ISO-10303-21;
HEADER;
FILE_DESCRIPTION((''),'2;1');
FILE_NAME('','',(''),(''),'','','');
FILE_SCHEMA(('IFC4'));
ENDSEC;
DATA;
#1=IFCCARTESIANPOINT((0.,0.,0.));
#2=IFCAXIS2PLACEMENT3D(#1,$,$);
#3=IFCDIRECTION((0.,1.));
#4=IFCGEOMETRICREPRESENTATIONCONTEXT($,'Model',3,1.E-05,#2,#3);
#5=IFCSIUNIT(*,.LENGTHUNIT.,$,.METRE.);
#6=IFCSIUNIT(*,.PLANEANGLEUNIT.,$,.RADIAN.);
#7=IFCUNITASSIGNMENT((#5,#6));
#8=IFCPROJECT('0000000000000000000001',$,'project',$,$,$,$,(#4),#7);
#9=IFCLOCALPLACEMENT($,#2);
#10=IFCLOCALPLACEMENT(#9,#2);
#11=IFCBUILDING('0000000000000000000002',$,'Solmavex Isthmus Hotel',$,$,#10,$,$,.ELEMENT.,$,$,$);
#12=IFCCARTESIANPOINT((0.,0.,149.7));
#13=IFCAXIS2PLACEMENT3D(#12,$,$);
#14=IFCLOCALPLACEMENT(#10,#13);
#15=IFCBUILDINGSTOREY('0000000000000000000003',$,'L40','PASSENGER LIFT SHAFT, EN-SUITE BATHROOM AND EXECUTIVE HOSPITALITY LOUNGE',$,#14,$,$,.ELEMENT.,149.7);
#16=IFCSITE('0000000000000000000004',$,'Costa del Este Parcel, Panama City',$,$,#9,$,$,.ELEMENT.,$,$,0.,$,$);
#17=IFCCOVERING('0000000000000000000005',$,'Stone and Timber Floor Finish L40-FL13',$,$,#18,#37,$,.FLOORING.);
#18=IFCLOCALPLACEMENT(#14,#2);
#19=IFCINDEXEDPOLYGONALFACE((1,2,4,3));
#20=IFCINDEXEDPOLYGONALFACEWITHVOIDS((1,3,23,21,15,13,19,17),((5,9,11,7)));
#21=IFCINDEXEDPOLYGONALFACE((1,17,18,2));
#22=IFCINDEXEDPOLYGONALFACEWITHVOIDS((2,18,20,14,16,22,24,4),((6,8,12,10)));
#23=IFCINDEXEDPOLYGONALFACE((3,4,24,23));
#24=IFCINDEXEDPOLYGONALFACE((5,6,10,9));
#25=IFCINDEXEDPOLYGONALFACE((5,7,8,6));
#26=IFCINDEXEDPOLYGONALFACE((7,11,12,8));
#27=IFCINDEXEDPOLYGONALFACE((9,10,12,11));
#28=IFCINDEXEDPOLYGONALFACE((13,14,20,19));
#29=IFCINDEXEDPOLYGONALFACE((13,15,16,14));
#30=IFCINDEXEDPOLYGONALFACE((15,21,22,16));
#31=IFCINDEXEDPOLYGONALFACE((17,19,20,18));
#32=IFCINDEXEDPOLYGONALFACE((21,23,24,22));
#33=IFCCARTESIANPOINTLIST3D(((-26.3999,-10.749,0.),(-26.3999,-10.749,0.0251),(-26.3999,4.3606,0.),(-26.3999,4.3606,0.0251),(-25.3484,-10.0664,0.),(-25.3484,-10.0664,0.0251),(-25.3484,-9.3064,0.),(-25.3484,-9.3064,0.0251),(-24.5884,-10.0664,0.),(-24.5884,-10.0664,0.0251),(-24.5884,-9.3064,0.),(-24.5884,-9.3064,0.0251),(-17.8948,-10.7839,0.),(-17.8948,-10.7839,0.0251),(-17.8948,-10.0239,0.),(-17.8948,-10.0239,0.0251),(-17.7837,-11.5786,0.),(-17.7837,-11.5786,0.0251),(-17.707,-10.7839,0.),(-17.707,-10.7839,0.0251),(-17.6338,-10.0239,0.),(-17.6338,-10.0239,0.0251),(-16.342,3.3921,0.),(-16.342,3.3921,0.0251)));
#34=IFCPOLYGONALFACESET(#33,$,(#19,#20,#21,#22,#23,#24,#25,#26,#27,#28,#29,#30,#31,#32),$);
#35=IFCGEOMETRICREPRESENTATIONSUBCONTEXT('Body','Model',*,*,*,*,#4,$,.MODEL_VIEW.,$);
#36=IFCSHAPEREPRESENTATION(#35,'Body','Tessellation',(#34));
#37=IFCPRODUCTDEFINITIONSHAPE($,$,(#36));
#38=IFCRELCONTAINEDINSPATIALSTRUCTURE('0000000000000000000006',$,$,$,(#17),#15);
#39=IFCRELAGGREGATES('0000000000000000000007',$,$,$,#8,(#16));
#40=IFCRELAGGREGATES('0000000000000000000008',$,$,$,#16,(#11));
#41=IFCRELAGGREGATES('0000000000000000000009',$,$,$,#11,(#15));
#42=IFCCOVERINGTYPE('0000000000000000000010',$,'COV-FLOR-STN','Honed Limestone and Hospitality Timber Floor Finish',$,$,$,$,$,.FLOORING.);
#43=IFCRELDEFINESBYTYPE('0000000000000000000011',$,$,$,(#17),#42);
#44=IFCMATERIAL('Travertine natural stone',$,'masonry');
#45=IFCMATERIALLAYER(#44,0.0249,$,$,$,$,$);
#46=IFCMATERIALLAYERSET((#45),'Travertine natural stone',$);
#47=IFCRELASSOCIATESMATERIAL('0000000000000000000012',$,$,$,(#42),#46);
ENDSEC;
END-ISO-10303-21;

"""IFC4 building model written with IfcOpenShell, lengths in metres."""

from ifc_helpers import new_model, si_unit, direction, frame, origin, place, context, subcontext, project, spatial, polyline, outline, extrude, material, layer, layer_set, type_object, element, save


model = new_model("IFC4")

# Units and contexts
model_context = context("Model", 3, precision=1e-05, world=origin(), true_north=direction((0.0, 1.0)))
body_context = subcontext(model_context, "Body", "Model", "MODEL_VIEW")
ifc_project = project(units=[si_unit("LENGTHUNIT", "METRE"), si_unit("PLANEANGLEUNIT", "RADIAN")], contexts=[model_context])

# Site, building, storey
site_placement = place(None, origin())
site = spatial("IfcSite", under=ifc_project, at=site_placement, Name="Costa del Este Parcel, Panama City", CompositionType="ELEMENT", RefElevation=0.0)
building_placement = place(site_placement, origin())
building = spatial("IfcBuilding", under=site, at=building_placement, Name="Solmavex Isthmus Hotel", CompositionType="ELEMENT")
storey_placement = place(building_placement, frame((0.0, 0.0, 149.7)))
storey = spatial("IfcBuildingStorey", under=building, at=storey_placement, Name="L40", Description="PASSENGER LIFT SHAFT, EN-SUITE BATHROOM AND EXECUTIVE HOSPITALITY LOUNGE", CompositionType="ELEMENT", Elevation=149.7)

# Covering
ifc_material_1 = material(Name="Travertine natural stone", Category="masonry")
ifc_layer_1 = layer(ifc_material_1, 0.0249)
ifc_layer_set_1 = layer_set([ifc_layer_1], Name="Travertine natural stone")
covering_type_1 = type_object("IfcCoveringType", Name="COV-FLOR-STN", Description="Honed Limestone and Hospitality Timber Floor Finish", PredefinedType="FLOORING", material=ifc_layer_set_1)
covering_1_placement = place(storey_placement, origin())
element("IfcCovering", 1, at=covering_1_placement, inside=storey, type_object=covering_type_1, Name="Stone and Timber Floor Finish L40-FL13", PredefinedType="FLOORING", context=body_context, shape_type="SweptSolid", body=[
    extrude(outline(polyline([(-26.3999, 4.3606), (-26.3999, -10.749), (-17.7837, -11.5786), (-17.707, -10.7839), (-17.8948, -10.7839), (-17.8948, -10.0239), (-17.6338, -10.0239), (-16.342, 3.3921), (-26.3999, 4.3606)]), holes=[polyline([(-25.3484, -10.0664), (-25.3484, -9.3064), (-24.5884, -9.3064), (-24.5884, -10.0664), (-25.3484, -10.0664)])]), origin(), (0.0, 0.0, 1.0), 0.0251),
])

save(model, "model.ifc")
